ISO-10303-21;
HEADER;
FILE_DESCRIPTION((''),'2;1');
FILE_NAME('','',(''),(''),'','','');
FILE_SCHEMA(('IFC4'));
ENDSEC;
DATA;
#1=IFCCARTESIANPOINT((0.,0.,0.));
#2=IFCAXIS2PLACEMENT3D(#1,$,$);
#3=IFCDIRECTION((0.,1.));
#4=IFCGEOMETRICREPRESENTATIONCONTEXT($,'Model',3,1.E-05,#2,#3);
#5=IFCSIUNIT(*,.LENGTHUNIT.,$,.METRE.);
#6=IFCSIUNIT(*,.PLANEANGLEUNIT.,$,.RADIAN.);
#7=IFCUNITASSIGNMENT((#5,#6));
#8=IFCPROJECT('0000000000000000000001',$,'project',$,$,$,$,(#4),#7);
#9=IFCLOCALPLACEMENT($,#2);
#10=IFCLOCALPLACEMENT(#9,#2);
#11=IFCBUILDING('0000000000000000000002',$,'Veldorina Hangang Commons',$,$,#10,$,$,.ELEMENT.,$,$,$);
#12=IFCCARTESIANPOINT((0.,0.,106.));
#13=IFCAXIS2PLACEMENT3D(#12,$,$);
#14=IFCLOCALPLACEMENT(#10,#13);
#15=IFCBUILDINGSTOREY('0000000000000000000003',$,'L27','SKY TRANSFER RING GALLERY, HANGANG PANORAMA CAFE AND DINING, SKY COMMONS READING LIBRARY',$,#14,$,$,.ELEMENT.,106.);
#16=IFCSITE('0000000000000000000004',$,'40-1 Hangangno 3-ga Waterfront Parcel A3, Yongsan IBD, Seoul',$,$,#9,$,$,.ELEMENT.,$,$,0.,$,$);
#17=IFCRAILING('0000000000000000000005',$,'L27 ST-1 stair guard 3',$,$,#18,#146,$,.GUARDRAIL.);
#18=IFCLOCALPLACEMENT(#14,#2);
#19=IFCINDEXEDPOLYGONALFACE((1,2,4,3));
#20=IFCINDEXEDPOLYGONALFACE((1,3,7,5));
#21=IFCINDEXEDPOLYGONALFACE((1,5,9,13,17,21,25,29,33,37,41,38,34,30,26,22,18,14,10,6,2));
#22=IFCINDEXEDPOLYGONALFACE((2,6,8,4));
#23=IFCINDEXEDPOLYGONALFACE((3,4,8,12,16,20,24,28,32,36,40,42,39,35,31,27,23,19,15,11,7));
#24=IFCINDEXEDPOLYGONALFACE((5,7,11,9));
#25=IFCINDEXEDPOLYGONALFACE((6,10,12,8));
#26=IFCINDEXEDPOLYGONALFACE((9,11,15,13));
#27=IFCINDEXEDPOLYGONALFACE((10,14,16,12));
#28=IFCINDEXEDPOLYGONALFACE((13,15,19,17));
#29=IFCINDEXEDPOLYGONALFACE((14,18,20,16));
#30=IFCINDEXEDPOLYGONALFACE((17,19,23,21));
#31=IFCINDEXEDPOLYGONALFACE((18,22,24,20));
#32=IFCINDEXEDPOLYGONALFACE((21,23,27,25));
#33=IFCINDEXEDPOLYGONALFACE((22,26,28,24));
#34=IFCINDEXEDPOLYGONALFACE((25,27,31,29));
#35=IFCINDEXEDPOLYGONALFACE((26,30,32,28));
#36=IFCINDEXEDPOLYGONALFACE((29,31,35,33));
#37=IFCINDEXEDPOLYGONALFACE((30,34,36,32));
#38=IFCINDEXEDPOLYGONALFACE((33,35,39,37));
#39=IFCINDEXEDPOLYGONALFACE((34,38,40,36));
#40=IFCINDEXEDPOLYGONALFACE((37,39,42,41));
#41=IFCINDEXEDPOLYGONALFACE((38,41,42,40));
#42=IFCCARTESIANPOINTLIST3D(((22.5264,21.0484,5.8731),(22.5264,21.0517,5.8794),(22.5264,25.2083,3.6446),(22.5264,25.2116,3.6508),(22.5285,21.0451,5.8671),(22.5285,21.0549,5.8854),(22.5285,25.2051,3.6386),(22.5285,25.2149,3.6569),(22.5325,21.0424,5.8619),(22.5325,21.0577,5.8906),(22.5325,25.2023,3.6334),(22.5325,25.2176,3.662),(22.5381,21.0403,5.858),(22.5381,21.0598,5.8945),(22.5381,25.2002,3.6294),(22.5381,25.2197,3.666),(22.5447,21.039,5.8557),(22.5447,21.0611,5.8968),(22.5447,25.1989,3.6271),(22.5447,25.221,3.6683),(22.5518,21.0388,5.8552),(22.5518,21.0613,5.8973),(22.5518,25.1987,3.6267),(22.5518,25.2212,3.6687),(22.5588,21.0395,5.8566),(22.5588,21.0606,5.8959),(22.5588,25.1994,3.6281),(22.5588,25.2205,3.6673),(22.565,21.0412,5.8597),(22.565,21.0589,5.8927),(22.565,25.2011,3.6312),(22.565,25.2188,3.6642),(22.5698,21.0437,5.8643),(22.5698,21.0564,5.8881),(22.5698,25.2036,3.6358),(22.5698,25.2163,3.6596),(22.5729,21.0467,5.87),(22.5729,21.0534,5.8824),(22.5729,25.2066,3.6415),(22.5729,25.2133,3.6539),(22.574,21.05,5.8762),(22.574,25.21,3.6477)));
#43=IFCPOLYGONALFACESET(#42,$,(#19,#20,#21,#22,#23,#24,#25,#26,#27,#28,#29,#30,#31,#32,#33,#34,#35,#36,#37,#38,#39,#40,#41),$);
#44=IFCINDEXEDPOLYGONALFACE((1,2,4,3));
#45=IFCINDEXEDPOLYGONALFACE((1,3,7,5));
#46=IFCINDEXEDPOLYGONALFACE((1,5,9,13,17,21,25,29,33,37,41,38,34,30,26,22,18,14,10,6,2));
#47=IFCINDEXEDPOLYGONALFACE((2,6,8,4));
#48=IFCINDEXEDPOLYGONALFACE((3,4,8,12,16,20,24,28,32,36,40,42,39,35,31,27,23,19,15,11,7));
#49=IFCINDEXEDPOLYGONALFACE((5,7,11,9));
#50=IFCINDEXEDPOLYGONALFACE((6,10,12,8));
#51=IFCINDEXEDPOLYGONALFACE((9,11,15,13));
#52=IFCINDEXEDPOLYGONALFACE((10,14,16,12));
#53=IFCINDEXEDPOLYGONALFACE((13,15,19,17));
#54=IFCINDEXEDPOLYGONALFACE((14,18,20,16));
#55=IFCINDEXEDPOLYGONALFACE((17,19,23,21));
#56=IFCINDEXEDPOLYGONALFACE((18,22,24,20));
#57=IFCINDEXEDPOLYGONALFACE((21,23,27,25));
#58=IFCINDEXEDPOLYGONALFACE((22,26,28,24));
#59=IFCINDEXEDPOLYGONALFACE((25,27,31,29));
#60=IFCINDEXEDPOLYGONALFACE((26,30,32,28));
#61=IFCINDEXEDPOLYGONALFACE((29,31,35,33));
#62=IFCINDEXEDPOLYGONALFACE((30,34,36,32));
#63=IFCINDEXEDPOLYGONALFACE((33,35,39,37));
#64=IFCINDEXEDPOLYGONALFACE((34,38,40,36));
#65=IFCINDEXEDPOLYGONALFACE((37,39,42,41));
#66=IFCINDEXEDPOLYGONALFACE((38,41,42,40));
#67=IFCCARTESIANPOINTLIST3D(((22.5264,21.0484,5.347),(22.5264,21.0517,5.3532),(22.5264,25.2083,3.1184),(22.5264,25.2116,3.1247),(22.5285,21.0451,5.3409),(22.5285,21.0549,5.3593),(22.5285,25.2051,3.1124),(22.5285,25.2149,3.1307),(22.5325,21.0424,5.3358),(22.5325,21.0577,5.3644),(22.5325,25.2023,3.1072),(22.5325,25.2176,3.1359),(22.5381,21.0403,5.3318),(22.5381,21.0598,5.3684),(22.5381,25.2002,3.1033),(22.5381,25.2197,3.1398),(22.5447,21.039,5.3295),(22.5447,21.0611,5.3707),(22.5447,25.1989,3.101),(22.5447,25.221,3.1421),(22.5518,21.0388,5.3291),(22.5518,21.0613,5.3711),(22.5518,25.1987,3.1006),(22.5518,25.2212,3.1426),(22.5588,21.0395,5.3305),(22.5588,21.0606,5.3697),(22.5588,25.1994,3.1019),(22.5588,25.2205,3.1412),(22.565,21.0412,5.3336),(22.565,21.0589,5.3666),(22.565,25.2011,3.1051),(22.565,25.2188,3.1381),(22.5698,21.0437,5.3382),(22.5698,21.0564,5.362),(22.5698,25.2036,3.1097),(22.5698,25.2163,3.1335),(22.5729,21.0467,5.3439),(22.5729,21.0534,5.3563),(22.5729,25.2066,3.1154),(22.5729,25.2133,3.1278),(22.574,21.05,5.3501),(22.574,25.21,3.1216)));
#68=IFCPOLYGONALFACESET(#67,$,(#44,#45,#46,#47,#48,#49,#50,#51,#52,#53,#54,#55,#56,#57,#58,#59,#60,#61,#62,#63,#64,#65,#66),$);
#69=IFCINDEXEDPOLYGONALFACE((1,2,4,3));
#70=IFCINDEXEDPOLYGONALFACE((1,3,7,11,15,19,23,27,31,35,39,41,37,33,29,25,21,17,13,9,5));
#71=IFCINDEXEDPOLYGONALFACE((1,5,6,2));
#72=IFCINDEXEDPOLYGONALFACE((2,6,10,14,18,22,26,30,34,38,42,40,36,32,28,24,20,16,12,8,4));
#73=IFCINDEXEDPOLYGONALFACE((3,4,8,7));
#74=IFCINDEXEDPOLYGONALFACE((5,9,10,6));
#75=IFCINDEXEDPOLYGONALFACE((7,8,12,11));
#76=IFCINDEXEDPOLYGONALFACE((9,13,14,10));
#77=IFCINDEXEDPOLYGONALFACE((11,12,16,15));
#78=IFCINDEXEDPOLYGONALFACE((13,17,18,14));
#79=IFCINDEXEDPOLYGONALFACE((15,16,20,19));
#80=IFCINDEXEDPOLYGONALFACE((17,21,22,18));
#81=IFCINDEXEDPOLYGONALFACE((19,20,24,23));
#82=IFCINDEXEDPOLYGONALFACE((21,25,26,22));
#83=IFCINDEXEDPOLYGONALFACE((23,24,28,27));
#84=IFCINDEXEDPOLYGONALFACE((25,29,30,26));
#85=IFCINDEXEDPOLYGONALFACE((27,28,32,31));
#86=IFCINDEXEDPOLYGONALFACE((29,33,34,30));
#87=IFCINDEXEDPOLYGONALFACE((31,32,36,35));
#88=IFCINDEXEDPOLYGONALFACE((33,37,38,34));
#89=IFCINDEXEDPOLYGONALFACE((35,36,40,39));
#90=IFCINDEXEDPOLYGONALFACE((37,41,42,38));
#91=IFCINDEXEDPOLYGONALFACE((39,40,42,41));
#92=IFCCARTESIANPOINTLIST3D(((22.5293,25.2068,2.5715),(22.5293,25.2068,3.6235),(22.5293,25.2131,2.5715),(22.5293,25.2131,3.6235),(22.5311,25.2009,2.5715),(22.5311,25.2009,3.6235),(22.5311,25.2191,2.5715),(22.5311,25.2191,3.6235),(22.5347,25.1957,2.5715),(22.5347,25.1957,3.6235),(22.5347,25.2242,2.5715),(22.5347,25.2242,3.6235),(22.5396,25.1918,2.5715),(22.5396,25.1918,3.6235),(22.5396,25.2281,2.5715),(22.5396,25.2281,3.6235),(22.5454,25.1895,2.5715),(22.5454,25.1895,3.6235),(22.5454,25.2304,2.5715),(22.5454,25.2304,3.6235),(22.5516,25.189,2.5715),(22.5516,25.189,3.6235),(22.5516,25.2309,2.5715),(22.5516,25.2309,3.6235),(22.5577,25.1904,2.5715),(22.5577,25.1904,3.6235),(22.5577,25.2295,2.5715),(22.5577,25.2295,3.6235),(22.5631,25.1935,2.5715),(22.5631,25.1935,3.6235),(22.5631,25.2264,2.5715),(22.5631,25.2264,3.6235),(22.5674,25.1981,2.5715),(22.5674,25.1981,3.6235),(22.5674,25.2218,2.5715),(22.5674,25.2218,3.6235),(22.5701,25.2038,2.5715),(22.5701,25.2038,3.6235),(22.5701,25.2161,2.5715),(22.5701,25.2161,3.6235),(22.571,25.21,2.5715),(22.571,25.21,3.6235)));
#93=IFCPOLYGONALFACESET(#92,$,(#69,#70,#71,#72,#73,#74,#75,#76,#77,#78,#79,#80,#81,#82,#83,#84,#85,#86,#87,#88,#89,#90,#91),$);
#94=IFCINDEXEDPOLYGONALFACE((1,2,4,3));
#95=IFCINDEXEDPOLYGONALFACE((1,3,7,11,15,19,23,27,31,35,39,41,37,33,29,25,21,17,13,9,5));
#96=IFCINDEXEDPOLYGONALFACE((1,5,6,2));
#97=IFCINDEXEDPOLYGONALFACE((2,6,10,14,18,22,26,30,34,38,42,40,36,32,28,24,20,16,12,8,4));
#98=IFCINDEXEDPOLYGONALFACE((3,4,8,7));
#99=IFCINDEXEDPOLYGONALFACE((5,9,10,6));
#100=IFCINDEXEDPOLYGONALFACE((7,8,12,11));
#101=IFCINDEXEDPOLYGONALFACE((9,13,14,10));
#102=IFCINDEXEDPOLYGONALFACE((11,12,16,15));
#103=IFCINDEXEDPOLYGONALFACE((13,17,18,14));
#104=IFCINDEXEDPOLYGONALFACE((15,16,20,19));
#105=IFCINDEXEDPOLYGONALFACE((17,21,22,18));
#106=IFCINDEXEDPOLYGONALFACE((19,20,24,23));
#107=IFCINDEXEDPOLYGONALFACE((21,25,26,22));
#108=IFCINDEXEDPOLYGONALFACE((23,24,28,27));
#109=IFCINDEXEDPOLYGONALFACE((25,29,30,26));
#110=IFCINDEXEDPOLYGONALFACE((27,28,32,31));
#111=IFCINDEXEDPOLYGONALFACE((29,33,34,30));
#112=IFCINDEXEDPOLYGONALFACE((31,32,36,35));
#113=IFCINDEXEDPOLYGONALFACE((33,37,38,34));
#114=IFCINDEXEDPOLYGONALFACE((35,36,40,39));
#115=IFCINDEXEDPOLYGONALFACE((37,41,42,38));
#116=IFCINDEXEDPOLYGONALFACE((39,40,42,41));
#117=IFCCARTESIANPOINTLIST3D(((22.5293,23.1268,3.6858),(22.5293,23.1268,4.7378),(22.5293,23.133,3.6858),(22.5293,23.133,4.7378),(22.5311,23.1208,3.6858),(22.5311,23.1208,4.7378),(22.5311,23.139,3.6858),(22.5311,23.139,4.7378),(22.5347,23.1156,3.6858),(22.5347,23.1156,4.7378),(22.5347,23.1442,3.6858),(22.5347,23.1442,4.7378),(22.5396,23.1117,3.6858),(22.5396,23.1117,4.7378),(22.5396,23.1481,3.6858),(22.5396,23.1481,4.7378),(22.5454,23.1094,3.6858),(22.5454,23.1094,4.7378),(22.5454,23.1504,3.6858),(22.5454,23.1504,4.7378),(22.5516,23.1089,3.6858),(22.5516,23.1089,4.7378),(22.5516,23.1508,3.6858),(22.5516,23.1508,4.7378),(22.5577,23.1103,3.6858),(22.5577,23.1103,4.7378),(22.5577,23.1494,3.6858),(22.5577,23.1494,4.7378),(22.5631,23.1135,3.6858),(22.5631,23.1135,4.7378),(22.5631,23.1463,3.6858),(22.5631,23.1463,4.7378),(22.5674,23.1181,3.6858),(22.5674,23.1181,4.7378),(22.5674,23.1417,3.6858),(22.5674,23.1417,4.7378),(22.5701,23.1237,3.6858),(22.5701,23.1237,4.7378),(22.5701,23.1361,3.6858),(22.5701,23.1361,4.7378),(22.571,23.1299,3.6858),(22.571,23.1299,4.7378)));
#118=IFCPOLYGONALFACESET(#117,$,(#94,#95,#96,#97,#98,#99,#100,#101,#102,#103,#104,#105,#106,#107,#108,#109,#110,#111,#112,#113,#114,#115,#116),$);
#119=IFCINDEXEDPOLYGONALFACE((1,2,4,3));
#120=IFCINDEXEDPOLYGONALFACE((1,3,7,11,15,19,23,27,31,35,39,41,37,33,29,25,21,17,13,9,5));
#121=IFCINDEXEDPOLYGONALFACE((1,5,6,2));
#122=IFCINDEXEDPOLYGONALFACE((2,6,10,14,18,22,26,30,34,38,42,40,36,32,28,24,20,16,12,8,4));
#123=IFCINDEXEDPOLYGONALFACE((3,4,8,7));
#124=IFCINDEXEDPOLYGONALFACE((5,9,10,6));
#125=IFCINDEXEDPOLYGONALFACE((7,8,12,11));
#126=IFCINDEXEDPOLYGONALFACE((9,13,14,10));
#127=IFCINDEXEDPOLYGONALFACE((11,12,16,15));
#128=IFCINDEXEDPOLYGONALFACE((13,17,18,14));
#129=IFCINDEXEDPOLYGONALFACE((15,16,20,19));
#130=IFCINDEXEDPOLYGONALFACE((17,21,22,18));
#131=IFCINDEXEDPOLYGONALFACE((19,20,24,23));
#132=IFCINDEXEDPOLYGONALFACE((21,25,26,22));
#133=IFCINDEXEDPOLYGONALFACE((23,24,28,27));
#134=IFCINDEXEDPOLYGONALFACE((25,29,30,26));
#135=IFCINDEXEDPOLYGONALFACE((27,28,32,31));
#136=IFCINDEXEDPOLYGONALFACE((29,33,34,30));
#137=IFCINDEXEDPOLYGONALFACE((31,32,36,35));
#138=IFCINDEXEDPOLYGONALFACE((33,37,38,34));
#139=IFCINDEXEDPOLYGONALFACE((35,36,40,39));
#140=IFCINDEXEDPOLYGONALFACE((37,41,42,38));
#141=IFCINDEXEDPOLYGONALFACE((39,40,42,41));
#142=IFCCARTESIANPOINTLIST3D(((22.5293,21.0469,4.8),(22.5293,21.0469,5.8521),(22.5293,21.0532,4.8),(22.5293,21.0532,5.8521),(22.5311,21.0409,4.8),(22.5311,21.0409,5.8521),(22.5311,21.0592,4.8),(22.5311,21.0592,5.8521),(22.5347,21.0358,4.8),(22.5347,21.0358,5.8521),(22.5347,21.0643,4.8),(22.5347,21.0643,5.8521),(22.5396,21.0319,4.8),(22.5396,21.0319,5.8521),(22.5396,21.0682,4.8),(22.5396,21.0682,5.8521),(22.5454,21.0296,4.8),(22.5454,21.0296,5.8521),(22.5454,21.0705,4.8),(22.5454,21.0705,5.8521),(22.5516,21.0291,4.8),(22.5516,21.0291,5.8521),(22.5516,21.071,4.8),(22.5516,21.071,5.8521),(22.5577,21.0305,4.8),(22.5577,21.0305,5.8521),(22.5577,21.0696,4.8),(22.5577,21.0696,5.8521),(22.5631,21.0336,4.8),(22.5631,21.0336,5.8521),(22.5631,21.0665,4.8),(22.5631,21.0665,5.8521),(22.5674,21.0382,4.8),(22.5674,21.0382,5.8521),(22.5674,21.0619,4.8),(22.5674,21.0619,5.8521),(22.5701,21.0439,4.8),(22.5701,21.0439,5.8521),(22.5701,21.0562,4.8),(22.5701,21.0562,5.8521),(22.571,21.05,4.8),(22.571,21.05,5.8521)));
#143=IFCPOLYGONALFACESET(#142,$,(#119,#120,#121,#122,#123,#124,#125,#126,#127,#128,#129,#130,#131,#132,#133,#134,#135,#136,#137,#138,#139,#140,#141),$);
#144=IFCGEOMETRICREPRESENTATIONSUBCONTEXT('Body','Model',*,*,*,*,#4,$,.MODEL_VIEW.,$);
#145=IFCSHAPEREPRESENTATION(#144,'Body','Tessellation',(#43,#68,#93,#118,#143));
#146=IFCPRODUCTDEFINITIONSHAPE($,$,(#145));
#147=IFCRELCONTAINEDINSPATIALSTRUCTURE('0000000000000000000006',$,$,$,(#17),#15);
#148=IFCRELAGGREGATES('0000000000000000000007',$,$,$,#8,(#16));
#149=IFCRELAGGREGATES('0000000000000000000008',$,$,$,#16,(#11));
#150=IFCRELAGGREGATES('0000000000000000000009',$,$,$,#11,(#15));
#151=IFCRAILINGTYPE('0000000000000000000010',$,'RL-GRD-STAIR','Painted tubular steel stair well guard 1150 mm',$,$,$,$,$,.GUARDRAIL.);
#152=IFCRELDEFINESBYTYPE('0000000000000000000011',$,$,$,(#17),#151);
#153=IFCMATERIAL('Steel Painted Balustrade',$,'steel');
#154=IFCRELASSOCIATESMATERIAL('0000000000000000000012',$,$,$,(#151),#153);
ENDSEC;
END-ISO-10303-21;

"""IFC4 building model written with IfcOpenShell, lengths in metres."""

from ifc_helpers import new_model, si_unit, direction, frame, origin, origin_2d, place, context, subcontext, project, spatial, circle, extrude, material, type_object, element, save


model = new_model("IFC4")

# Units and contexts
model_context = context("Model", 3, precision=1e-05, world=origin(), true_north=direction((0.0, 1.0)))
body_context = subcontext(model_context, "Body", "Model", "MODEL_VIEW")
ifc_project = project(units=[si_unit("LENGTHUNIT", "METRE"), si_unit("PLANEANGLEUNIT", "RADIAN")], contexts=[model_context])

# Site, building, storey
site_placement = place(None, origin())
site = spatial("IfcSite", under=ifc_project, at=site_placement, Name="40-1 Hangangno 3-ga Waterfront Parcel A3, Yongsan IBD, Seoul", CompositionType="ELEMENT", RefElevation=0.0)
building_placement = place(site_placement, origin())
building = spatial("IfcBuilding", under=site, at=building_placement, Name="Veldorina Hangang Commons", CompositionType="ELEMENT")
storey_placement = place(building_placement, frame((0.0, 0.0, 106.0)))
storey = spatial("IfcBuildingStorey", under=building, at=storey_placement, Name="L27", Description="SKY TRANSFER RING GALLERY, HANGANG PANORAMA CAFE AND DINING, SKY COMMONS READING LIBRARY", CompositionType="ELEMENT", Elevation=106.0)

# Railing
ifc_material_1 = material(Name="Steel Painted Balustrade", Category="steel")
railing_type_1 = type_object("IfcRailingType", Name="RL-GRD-STAIR", Description="Painted tubular steel stair well guard 1150 mm", PredefinedType="GUARDRAIL", material=ifc_material_1)
railing_1_placement = place(storey_placement, frame((22.55, 25.21, 2.5715)))
element("IfcRailing", 1, at=railing_1_placement, inside=storey, type_object=railing_type_1, Name="L27 ST-1 stair guard 3", PredefinedType="GUARDRAIL", context=body_context, shape_type="SweptSolid", body=[
    extrude(circle(Radius=0.0239, at=origin_2d()), frame((0.0, 0.0, 1.0762), z_axis=(0.0, -0.881481, 0.47222), x_axis=(1.0, 0.0, 0.0)), (0.0, 0.0, 1.0), 4.7192),
    extrude(circle(Radius=0.0239, at=origin_2d()), frame((0.0, 0.0, 0.55), z_axis=(0.0, -0.881481, 0.47222), x_axis=(1.0, 0.0, 0.0)), (0.0, 0.0, 1.0), 4.7192),
    extrude(circle(Radius=0.021, at=origin_2d()), origin(), (0.0, 0.0, 1.0), 1.052),
    extrude(circle(Radius=0.021, at=origin_2d()), frame((0.0, -2.0801, 1.1143)), (0.0, 0.0, 1.0), 1.052),
    extrude(circle(Radius=0.021, at=origin_2d()), frame((0.0, -4.1599, 2.2285)), (0.0, 0.0, 1.0), 1.052),
])

save(model, "model.ifc")
